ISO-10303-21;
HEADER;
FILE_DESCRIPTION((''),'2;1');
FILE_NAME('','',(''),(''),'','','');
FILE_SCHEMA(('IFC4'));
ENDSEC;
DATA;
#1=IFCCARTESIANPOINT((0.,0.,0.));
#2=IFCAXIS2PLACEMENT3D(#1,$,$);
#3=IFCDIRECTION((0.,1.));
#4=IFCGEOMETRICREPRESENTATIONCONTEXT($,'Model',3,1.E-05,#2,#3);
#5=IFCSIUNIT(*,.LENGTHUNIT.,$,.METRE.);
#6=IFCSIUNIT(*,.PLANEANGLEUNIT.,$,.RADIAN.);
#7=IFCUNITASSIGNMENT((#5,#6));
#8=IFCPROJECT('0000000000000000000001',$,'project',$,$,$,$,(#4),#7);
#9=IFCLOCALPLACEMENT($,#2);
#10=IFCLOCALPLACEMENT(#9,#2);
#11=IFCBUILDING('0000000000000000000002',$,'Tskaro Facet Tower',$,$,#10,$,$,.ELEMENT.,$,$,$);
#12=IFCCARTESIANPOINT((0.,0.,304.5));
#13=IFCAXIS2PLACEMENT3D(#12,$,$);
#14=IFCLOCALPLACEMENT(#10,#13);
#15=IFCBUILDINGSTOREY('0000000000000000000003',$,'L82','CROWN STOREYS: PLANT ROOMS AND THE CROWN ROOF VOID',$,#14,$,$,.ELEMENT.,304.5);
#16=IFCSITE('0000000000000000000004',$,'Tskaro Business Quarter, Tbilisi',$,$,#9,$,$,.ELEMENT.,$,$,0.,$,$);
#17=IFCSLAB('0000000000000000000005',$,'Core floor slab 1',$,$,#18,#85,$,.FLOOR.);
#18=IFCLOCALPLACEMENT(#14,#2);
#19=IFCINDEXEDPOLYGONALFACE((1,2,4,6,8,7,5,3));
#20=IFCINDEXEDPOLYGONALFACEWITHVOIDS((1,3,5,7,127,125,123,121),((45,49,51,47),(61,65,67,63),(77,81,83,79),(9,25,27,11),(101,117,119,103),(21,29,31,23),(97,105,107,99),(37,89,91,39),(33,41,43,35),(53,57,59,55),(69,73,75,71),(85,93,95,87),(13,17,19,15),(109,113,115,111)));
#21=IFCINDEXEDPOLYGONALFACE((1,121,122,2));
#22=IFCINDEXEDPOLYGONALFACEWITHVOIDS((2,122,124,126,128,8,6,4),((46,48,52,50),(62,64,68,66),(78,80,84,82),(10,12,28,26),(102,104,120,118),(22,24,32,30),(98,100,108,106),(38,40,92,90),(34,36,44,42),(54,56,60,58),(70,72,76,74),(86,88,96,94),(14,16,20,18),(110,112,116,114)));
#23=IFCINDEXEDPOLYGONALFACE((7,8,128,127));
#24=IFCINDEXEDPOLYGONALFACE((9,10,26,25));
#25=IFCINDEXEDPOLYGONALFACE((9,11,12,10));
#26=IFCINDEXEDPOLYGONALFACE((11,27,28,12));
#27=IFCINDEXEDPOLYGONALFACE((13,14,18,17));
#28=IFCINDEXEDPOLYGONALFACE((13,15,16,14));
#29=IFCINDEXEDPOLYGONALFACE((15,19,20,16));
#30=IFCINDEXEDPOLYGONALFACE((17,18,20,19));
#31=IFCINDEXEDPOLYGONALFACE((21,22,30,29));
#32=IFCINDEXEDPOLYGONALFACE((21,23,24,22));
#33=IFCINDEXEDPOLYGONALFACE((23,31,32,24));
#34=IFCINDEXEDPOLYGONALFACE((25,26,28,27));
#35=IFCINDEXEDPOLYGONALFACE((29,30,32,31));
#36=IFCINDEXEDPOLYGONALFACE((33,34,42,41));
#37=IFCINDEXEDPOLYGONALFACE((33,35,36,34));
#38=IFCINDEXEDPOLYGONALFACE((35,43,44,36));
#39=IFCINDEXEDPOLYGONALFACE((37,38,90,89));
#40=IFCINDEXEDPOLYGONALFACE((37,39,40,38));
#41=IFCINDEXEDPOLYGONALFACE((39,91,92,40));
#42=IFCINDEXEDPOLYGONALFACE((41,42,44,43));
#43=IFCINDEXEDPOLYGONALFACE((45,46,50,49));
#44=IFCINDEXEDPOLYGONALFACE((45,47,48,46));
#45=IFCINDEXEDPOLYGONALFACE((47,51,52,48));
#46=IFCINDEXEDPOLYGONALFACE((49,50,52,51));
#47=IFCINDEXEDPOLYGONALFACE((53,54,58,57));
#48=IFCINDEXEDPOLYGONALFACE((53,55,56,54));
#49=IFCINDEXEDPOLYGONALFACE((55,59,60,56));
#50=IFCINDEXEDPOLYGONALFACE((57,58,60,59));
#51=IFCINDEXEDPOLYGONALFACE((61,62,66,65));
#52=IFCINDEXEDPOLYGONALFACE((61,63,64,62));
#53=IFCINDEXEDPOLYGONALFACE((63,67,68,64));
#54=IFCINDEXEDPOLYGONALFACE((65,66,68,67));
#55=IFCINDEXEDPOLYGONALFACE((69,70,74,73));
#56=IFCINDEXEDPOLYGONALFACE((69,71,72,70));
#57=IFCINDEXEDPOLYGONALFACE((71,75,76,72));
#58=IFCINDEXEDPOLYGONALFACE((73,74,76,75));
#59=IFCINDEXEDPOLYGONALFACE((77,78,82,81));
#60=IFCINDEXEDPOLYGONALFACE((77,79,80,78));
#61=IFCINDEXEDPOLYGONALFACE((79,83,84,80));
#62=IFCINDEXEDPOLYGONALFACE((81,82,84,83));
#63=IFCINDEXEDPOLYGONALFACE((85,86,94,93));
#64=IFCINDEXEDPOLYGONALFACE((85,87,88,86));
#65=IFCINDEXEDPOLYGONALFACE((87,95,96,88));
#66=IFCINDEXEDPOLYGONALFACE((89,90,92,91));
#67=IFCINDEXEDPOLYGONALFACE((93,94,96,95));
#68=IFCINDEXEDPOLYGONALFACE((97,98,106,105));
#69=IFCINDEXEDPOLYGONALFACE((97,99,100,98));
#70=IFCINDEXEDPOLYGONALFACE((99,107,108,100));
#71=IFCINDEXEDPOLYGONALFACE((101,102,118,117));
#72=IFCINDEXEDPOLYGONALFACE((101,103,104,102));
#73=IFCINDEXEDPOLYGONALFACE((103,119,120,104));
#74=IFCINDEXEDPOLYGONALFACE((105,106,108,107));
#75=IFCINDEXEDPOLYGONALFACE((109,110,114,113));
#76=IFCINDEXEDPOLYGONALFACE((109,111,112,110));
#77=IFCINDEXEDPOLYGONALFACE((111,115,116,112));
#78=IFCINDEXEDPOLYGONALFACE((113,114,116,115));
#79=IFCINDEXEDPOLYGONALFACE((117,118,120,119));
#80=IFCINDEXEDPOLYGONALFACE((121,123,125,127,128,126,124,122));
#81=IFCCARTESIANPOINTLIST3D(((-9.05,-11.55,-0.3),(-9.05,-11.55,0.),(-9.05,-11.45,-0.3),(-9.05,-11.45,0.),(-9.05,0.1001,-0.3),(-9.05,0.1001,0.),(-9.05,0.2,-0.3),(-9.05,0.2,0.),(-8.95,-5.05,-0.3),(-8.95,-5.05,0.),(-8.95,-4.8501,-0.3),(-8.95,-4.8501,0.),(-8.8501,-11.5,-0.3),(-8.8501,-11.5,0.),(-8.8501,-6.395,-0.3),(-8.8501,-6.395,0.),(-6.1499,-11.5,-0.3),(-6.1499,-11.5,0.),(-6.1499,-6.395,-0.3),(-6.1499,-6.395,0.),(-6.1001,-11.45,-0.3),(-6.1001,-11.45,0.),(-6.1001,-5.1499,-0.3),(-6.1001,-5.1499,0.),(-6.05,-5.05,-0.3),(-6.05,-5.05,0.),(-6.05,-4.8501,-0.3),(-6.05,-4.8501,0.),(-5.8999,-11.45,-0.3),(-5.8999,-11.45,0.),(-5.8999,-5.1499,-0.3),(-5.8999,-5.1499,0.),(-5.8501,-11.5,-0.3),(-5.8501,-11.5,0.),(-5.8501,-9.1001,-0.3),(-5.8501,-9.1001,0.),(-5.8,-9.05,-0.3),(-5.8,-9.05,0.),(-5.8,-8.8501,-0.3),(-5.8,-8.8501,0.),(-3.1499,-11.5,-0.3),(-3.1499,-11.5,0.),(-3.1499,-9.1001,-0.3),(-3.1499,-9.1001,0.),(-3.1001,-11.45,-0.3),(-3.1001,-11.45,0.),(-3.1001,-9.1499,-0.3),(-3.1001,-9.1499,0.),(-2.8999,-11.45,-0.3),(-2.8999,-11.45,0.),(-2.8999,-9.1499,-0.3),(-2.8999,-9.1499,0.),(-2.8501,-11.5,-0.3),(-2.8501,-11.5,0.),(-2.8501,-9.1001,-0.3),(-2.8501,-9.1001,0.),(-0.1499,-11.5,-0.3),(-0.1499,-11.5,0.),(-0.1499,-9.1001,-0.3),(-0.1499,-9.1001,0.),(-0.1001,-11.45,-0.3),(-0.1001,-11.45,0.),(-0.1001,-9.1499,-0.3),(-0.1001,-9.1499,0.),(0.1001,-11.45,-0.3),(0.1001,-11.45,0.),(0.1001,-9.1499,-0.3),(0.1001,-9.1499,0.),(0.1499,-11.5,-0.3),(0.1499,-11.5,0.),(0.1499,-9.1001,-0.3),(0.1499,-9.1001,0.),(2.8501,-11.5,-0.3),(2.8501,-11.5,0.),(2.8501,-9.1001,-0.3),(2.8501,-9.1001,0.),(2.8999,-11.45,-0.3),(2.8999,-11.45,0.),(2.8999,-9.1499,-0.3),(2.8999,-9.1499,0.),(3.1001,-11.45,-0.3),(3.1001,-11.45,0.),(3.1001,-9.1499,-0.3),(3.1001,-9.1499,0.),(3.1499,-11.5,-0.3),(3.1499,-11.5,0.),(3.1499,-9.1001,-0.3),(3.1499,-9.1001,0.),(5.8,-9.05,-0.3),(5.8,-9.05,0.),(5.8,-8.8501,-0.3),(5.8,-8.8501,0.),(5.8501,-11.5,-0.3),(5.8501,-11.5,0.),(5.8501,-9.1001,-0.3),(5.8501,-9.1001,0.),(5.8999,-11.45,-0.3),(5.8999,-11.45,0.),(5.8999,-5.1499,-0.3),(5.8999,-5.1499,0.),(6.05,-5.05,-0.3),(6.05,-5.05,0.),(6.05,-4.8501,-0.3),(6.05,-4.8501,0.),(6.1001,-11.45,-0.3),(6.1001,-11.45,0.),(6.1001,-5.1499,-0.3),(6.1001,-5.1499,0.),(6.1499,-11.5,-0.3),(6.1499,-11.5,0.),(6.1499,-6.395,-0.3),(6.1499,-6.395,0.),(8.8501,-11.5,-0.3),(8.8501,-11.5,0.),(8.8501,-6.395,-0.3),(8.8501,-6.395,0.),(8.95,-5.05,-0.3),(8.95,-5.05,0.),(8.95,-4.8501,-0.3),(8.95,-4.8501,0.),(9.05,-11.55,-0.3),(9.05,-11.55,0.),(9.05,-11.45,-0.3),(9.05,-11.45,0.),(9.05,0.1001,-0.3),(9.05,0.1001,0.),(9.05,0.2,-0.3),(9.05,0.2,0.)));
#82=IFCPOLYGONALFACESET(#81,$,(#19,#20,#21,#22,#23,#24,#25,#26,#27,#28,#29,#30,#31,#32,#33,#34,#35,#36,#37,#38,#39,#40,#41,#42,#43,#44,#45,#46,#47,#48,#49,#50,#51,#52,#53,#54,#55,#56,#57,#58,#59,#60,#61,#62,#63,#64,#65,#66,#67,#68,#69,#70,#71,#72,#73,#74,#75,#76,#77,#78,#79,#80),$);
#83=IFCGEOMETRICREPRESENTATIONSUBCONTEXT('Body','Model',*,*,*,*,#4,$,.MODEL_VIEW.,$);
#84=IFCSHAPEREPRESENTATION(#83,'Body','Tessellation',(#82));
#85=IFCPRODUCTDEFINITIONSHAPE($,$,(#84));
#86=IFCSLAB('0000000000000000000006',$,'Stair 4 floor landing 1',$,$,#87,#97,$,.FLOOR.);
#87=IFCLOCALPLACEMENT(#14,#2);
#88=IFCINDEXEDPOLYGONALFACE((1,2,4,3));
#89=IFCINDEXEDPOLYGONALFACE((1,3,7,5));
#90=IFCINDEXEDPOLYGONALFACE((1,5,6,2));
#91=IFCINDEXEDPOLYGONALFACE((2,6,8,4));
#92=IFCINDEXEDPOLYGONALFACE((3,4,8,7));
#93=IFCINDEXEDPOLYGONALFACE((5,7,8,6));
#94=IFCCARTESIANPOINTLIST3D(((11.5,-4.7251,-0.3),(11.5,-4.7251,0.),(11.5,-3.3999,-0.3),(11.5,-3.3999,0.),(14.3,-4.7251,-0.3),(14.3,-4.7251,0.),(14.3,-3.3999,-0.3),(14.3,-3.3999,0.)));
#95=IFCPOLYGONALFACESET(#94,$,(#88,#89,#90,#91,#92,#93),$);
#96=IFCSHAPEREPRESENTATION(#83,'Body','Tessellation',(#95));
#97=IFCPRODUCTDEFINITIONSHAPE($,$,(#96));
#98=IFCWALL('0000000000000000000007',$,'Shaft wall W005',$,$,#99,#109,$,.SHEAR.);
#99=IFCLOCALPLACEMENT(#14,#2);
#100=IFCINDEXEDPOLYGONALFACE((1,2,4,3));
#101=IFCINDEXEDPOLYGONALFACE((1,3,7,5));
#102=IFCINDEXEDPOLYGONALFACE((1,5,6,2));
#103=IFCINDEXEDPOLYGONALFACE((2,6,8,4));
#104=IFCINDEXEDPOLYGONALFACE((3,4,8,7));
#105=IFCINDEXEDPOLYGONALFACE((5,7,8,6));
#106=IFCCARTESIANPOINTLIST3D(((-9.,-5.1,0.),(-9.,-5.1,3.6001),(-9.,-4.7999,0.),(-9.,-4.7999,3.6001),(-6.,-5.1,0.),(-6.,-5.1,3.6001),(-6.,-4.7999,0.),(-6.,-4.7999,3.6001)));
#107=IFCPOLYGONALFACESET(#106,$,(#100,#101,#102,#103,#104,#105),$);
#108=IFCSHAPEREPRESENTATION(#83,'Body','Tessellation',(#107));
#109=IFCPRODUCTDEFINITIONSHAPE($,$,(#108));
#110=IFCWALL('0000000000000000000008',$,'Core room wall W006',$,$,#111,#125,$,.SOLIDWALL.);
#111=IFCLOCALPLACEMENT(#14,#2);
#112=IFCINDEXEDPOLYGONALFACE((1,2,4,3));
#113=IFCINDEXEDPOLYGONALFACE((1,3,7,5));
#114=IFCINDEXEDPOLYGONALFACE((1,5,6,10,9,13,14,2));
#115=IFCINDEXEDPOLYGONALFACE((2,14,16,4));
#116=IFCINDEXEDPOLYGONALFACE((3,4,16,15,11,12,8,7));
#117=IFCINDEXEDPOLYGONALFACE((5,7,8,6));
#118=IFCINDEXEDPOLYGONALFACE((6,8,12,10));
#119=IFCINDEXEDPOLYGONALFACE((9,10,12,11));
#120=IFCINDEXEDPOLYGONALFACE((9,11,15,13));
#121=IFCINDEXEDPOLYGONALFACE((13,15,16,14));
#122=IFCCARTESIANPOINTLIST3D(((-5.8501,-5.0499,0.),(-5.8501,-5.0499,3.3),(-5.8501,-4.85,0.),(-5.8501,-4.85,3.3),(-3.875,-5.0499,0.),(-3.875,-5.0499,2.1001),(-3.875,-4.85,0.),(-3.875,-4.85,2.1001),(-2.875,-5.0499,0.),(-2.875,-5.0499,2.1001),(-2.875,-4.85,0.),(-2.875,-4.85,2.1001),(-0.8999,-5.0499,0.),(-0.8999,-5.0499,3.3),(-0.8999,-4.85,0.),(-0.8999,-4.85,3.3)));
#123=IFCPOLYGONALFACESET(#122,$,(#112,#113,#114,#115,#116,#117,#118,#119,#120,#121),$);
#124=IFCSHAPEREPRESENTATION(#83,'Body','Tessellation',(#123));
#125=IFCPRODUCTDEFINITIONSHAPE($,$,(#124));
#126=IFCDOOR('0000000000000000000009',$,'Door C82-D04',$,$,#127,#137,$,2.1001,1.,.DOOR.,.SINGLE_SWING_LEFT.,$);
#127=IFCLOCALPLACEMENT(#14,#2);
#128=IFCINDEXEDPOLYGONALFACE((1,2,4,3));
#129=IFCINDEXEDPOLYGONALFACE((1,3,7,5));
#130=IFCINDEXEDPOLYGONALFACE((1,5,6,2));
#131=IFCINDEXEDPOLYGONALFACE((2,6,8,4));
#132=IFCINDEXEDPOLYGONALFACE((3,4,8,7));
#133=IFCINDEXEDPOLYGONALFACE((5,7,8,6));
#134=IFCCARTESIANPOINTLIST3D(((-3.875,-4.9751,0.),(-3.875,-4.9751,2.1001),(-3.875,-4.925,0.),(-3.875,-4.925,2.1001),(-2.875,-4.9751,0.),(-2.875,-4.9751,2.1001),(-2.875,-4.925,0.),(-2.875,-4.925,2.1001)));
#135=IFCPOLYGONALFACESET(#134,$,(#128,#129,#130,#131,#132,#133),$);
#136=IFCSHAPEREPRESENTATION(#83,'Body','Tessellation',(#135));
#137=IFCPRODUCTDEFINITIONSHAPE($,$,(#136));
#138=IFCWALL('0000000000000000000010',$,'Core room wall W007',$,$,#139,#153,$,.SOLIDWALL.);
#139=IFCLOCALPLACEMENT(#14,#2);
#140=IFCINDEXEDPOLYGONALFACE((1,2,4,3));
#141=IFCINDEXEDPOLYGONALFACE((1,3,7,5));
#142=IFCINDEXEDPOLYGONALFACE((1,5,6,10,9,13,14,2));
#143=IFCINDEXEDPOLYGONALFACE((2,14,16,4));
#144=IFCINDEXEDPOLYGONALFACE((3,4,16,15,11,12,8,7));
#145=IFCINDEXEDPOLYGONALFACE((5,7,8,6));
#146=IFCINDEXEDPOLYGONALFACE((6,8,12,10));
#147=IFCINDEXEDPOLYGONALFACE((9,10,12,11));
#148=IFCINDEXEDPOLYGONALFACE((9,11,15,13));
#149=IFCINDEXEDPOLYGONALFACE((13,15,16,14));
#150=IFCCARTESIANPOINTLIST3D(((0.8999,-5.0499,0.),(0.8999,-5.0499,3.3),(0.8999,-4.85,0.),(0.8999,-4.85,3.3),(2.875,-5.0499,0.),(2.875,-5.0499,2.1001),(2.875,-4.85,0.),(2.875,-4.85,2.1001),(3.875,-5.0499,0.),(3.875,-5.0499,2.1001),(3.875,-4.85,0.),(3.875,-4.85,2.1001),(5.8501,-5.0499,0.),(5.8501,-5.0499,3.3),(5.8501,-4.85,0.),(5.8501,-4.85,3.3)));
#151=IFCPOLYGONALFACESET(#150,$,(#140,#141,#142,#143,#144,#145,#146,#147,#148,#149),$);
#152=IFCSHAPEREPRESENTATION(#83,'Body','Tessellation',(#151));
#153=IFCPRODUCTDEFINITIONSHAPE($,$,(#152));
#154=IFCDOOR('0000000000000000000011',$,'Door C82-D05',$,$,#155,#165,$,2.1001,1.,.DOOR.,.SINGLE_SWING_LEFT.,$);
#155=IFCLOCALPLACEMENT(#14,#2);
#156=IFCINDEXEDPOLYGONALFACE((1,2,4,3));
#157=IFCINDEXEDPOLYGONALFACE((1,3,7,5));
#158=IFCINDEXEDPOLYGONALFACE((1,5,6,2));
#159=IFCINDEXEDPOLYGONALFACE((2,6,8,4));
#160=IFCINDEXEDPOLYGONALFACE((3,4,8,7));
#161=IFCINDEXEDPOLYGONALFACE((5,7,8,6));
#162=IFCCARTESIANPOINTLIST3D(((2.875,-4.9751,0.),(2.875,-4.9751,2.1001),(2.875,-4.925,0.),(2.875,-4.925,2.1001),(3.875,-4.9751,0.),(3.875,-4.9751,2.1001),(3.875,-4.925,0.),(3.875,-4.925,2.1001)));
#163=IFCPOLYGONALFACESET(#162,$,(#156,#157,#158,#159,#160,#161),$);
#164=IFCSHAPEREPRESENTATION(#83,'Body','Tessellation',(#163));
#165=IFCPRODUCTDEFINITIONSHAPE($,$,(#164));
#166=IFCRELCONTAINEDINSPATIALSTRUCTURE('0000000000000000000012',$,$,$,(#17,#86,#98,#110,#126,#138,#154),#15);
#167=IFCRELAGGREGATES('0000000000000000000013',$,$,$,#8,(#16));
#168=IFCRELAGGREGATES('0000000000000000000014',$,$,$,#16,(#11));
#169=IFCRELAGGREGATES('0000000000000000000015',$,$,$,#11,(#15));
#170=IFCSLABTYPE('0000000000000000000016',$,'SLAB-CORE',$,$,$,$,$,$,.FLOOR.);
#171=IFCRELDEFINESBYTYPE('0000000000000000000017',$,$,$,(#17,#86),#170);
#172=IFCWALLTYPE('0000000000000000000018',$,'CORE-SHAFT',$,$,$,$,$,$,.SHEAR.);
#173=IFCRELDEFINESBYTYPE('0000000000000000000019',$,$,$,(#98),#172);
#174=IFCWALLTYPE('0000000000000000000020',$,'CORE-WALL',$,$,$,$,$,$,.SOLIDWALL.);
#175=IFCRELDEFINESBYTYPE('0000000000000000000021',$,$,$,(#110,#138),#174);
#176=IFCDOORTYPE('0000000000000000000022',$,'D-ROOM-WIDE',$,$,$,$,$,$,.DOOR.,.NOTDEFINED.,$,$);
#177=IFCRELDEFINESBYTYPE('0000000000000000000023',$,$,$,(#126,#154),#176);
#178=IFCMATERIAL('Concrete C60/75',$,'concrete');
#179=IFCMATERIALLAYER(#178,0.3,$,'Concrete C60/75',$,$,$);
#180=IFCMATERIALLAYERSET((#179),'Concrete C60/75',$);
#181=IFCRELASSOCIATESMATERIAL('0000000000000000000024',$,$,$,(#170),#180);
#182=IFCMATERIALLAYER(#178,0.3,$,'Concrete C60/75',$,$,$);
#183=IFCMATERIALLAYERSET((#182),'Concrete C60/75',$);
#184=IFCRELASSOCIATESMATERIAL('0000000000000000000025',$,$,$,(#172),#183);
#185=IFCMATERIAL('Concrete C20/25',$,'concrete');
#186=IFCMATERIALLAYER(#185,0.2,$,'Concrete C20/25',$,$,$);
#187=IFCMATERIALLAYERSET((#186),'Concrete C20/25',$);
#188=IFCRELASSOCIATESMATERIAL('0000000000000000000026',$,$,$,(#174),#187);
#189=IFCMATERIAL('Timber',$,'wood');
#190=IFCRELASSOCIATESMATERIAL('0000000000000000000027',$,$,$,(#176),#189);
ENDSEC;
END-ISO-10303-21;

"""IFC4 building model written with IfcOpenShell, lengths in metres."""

from ifc_helpers import new_model, si_unit, direction, frame, frame_2d, origin, place, context, subcontext, project, spatial, polyline, rectangle, outline, extrude, material, layer, layer_set, type_object, element, fill, save


model = new_model("IFC4")

# Units and contexts
model_context = context("Model", 3, precision=1e-05, world=origin(), true_north=direction((0.0, 1.0)))
body_context = subcontext(model_context, "Body", "Model", "MODEL_VIEW")
ifc_project = project(units=[si_unit("LENGTHUNIT", "METRE"), si_unit("PLANEANGLEUNIT", "RADIAN")], contexts=[model_context])

# Site, building, storey
site_placement = place(None, origin())
site = spatial("IfcSite", under=ifc_project, at=site_placement, Name="Tskaro Business Quarter, Tbilisi", CompositionType="ELEMENT", RefElevation=0.0)
building_placement = place(site_placement, origin())
building = spatial("IfcBuilding", under=site, at=building_placement, Name="Tskaro Facet Tower", CompositionType="ELEMENT")
storey_placement = place(building_placement, frame((0.0, 0.0, 304.5)))
storey = spatial("IfcBuildingStorey", under=building, at=storey_placement, Name="L82", Description="CROWN STOREYS: PLANT ROOMS AND THE CROWN ROOF VOID", CompositionType="ELEMENT", Elevation=304.5)

# Slabs
ifc_material_1 = material(Name="Concrete C60/75", Category="concrete")
ifc_layer_1 = layer(ifc_material_1, 0.3, Name="Concrete C60/75")
ifc_layer_set_1 = layer_set([ifc_layer_1], Name="Concrete C60/75")
slab_type_1 = type_object("IfcSlabType", Name="SLAB-CORE", PredefinedType="FLOOR", material=ifc_layer_set_1)
slab_1_placement = place(storey_placement, frame((0.0, 0.0, -0.3)))
element("IfcSlab", 1, at=slab_1_placement, inside=storey, type_object=slab_type_1, Name="Core floor slab 1", PredefinedType="FLOOR", context=body_context, shape_type="SweptSolid", body=[
    extrude(outline(polyline([(-9.05, 0.2), (9.05, 0.2), (9.05, 0.1001), (9.05, -11.45), (9.05, -11.55), (-9.05, -11.55), (-9.05, -11.45), (-9.05, 0.1001), (-9.05, 0.2)]), holes=[polyline([(-5.8501, -11.5), (-3.1499, -11.5), (-3.1499, -9.1001), (-5.8501, -9.1001), (-5.8501, -11.5)]), polyline([(-2.8999, -11.45), (-2.8999, -9.1499), (-3.1001, -9.1499), (-3.1001, -11.45), (-2.8999, -11.45)]), polyline([(-2.8501, -9.1001), (-2.8501, -11.5), (-0.1499, -11.5), (-0.1499, -9.1001), (-2.8501, -9.1001)]), polyline([(-0.1001, -11.45), (0.1001, -11.45), (0.1001, -9.1499), (-0.1001, -9.1499), (-0.1001, -11.45)]), polyline([(5.8, -9.05), (5.8, -8.8501), (-5.8, -8.8501), (-5.8, -9.05), (5.8, -9.05)]), polyline([(-5.8999, -11.45), (-5.8999, -5.1499), (-6.1001, -5.1499), (-6.1001, -11.45), (-5.8999, -11.45)]), polyline([(-8.95, -5.05), (-6.05, -5.05), (-6.05, -4.8501), (-8.95, -4.8501), (-8.95, -5.05)]), polyline([(0.1499, -11.5), (2.8501, -11.5), (2.8501, -9.1001), (0.1499, -9.1001), (0.1499, -11.5)]), polyline([(3.1001, -11.45), (3.1001, -9.1499), (2.8999, -9.1499), (2.8999, -11.45), (3.1001, -11.45)]), polyline([(3.1499, -11.5), (5.8501, -11.5), (5.8501, -9.1001), (3.1499, -9.1001), (3.1499, -11.5)]), polyline([(5.8999, -11.45), (6.1001, -11.45), (6.1001, -5.1499), (5.8999, -5.1499), (5.8999, -11.45)]), polyline([(6.05, -5.05), (8.95, -5.05), (8.95, -4.8501), (6.05, -4.8501), (6.05, -5.05)]), polyline([(-8.8501, -11.5), (-6.1499, -11.5), (-6.1499, -6.395), (-8.8501, -6.395), (-8.8501, -11.5)]), polyline([(6.1499, -6.395), (6.1499, -11.5), (8.8501, -11.5), (8.8501, -6.395), (6.1499, -6.395)])]), origin(), (0.0, 0.0, 1.0), 0.3),
])
slab_2_placement = place(storey_placement, frame((0.0, 0.0, -0.3)))
element("IfcSlab", 2, at=slab_2_placement, inside=storey, type_object=slab_type_1, Name="Stair 4 floor landing 1", PredefinedType="FLOOR", context=body_context, shape_type="SweptSolid", body=[
    extrude(outline(polyline([(11.5, -4.7251), (14.3, -4.7251), (14.3, -3.3999), (11.5, -3.3999), (11.5, -4.7251)])), origin(), (0.0, 0.0, 1.0), 0.3),
])

# Wall
ifc_layer_2 = layer(ifc_material_1, 0.3, Name="Concrete C60/75")
ifc_layer_set_2 = layer_set([ifc_layer_2], Name="Concrete C60/75")
wall_type_1 = type_object("IfcWallType", Name="CORE-SHAFT", PredefinedType="SHEAR", material=ifc_layer_set_2)
wall_1_placement = place(storey_placement, frame((-9.0, -4.95, 0.0), z_axis=(0.0, 0.0, 1.0), x_axis=(1.0, 0.0, 0.0)))
element("IfcWall", 3, at=wall_1_placement, inside=storey, type_object=wall_type_1, Name="Shaft wall W005", PredefinedType="SHEAR", context=body_context, shape_type="SweptSolid", body=[
    extrude(rectangle(XDim=3.0, YDim=0.3, at=frame_2d((1.5, 0.0))), origin(), (0.0, 0.0, 1.0), 3.6001),
])

# Walls, openings, doors
ifc_material_2 = material(Name="Concrete C20/25", Category="concrete")
ifc_layer_3 = layer(ifc_material_2, 0.2, Name="Concrete C20/25")
ifc_layer_set_3 = layer_set([ifc_layer_3], Name="Concrete C20/25")
wall_type_2 = type_object("IfcWallType", Name="CORE-WALL", PredefinedType="SOLIDWALL", material=ifc_layer_set_3)
wall_2_placement = place(storey_placement, frame((-5.8501, -4.95, 0.0), z_axis=(0.0, 0.0, 1.0), x_axis=(1.0, 0.0, 0.0)))
wall_2 = element("IfcWall", 4, at=wall_2_placement, inside=storey, type_object=wall_type_2, Name="Core room wall W006", PredefinedType="SOLIDWALL", context=body_context, shape_type="SweptSolid", body=[
    extrude(rectangle(XDim=4.9502, YDim=0.2, at=frame_2d((2.4751, 0.0))), origin(), (0.0, 0.0, 1.0), 3.3),
])
opening_1_placement = place(wall_2_placement, frame((1.9751, 0.0, 0.0)))
opening_1 = element("IfcOpeningElement", 5, at=opening_1_placement, cuts=wall_2, PredefinedType="OPENING", context=body_context, shape_type="SweptSolid", body=[
    extrude(rectangle(XDim=1.0, YDim=2.1001, at=frame_2d((0.5, 1.05))), frame((0.0, 0.1099, 0.0), z_axis=(0.0, -1.0, 0.0), x_axis=(1.0, 0.0, 0.0)), (0.0, 0.0, 1.0), 0.22),
])
ifc_material_3 = material(Name="Timber", Category="wood")
door_type = type_object("IfcDoorType", Name="D-ROOM-WIDE", OperationType="NOTDEFINED", PredefinedType="DOOR", material=ifc_material_3)
door_1_placement = place(opening_1_placement, origin())
door_1 = element("IfcDoor", 6, at=door_1_placement, inside=storey, type_object=door_type, Name="Door C82-D04", OperationType="SINGLE_SWING_LEFT", OverallHeight=2.1001, OverallWidth=1.0, PredefinedType="DOOR", context=body_context, shape_type="SweptSolid", body=[
    extrude(rectangle(XDim=1.0, YDim=2.1001, at=frame_2d((0.5, 1.05))), frame((0.0, 0.0249, 0.0), z_axis=(0.0, -1.0, 0.0), x_axis=(1.0, 0.0, 0.0)), (0.0, 0.0, 1.0), 0.05),
])
fill(opening_1, door_1)
wall_3_placement = place(storey_placement, frame((0.8999, -4.95, 0.0), z_axis=(0.0, 0.0, 1.0), x_axis=(1.0, 0.0, 0.0)))
wall_3 = element("IfcWall", 7, at=wall_3_placement, inside=storey, type_object=wall_type_2, Name="Core room wall W007", PredefinedType="SOLIDWALL", context=body_context, shape_type="SweptSolid", body=[
    extrude(rectangle(XDim=4.9502, YDim=0.2, at=frame_2d((2.4751, 0.0))), origin(), (0.0, 0.0, 1.0), 3.3),
])
opening_2_placement = place(wall_3_placement, frame((1.9751, 0.0, 0.0)))
opening_2 = element("IfcOpeningElement", 8, at=opening_2_placement, cuts=wall_3, PredefinedType="OPENING", context=body_context, shape_type="SweptSolid", body=[
    extrude(rectangle(XDim=1.0, YDim=2.1001, at=frame_2d((0.5, 1.05))), frame((0.0, 0.1099, 0.0), z_axis=(0.0, -1.0, 0.0), x_axis=(1.0, 0.0, 0.0)), (0.0, 0.0, 1.0), 0.22),
])
door_2_placement = place(opening_2_placement, origin())
door_2 = element("IfcDoor", 9, at=door_2_placement, inside=storey, type_object=door_type, Name="Door C82-D05", OperationType="SINGLE_SWING_LEFT", OverallHeight=2.1001, OverallWidth=1.0, PredefinedType="DOOR", context=body_context, shape_type="SweptSolid", body=[
    extrude(rectangle(XDim=1.0, YDim=2.1001, at=frame_2d((0.5, 1.05))), frame((0.0, 0.0249, 0.0), z_axis=(0.0, -1.0, 0.0), x_axis=(1.0, 0.0, 0.0)), (0.0, 0.0, 1.0), 0.05),
])
fill(opening_2, door_2)

save(model, "model.ifc")
